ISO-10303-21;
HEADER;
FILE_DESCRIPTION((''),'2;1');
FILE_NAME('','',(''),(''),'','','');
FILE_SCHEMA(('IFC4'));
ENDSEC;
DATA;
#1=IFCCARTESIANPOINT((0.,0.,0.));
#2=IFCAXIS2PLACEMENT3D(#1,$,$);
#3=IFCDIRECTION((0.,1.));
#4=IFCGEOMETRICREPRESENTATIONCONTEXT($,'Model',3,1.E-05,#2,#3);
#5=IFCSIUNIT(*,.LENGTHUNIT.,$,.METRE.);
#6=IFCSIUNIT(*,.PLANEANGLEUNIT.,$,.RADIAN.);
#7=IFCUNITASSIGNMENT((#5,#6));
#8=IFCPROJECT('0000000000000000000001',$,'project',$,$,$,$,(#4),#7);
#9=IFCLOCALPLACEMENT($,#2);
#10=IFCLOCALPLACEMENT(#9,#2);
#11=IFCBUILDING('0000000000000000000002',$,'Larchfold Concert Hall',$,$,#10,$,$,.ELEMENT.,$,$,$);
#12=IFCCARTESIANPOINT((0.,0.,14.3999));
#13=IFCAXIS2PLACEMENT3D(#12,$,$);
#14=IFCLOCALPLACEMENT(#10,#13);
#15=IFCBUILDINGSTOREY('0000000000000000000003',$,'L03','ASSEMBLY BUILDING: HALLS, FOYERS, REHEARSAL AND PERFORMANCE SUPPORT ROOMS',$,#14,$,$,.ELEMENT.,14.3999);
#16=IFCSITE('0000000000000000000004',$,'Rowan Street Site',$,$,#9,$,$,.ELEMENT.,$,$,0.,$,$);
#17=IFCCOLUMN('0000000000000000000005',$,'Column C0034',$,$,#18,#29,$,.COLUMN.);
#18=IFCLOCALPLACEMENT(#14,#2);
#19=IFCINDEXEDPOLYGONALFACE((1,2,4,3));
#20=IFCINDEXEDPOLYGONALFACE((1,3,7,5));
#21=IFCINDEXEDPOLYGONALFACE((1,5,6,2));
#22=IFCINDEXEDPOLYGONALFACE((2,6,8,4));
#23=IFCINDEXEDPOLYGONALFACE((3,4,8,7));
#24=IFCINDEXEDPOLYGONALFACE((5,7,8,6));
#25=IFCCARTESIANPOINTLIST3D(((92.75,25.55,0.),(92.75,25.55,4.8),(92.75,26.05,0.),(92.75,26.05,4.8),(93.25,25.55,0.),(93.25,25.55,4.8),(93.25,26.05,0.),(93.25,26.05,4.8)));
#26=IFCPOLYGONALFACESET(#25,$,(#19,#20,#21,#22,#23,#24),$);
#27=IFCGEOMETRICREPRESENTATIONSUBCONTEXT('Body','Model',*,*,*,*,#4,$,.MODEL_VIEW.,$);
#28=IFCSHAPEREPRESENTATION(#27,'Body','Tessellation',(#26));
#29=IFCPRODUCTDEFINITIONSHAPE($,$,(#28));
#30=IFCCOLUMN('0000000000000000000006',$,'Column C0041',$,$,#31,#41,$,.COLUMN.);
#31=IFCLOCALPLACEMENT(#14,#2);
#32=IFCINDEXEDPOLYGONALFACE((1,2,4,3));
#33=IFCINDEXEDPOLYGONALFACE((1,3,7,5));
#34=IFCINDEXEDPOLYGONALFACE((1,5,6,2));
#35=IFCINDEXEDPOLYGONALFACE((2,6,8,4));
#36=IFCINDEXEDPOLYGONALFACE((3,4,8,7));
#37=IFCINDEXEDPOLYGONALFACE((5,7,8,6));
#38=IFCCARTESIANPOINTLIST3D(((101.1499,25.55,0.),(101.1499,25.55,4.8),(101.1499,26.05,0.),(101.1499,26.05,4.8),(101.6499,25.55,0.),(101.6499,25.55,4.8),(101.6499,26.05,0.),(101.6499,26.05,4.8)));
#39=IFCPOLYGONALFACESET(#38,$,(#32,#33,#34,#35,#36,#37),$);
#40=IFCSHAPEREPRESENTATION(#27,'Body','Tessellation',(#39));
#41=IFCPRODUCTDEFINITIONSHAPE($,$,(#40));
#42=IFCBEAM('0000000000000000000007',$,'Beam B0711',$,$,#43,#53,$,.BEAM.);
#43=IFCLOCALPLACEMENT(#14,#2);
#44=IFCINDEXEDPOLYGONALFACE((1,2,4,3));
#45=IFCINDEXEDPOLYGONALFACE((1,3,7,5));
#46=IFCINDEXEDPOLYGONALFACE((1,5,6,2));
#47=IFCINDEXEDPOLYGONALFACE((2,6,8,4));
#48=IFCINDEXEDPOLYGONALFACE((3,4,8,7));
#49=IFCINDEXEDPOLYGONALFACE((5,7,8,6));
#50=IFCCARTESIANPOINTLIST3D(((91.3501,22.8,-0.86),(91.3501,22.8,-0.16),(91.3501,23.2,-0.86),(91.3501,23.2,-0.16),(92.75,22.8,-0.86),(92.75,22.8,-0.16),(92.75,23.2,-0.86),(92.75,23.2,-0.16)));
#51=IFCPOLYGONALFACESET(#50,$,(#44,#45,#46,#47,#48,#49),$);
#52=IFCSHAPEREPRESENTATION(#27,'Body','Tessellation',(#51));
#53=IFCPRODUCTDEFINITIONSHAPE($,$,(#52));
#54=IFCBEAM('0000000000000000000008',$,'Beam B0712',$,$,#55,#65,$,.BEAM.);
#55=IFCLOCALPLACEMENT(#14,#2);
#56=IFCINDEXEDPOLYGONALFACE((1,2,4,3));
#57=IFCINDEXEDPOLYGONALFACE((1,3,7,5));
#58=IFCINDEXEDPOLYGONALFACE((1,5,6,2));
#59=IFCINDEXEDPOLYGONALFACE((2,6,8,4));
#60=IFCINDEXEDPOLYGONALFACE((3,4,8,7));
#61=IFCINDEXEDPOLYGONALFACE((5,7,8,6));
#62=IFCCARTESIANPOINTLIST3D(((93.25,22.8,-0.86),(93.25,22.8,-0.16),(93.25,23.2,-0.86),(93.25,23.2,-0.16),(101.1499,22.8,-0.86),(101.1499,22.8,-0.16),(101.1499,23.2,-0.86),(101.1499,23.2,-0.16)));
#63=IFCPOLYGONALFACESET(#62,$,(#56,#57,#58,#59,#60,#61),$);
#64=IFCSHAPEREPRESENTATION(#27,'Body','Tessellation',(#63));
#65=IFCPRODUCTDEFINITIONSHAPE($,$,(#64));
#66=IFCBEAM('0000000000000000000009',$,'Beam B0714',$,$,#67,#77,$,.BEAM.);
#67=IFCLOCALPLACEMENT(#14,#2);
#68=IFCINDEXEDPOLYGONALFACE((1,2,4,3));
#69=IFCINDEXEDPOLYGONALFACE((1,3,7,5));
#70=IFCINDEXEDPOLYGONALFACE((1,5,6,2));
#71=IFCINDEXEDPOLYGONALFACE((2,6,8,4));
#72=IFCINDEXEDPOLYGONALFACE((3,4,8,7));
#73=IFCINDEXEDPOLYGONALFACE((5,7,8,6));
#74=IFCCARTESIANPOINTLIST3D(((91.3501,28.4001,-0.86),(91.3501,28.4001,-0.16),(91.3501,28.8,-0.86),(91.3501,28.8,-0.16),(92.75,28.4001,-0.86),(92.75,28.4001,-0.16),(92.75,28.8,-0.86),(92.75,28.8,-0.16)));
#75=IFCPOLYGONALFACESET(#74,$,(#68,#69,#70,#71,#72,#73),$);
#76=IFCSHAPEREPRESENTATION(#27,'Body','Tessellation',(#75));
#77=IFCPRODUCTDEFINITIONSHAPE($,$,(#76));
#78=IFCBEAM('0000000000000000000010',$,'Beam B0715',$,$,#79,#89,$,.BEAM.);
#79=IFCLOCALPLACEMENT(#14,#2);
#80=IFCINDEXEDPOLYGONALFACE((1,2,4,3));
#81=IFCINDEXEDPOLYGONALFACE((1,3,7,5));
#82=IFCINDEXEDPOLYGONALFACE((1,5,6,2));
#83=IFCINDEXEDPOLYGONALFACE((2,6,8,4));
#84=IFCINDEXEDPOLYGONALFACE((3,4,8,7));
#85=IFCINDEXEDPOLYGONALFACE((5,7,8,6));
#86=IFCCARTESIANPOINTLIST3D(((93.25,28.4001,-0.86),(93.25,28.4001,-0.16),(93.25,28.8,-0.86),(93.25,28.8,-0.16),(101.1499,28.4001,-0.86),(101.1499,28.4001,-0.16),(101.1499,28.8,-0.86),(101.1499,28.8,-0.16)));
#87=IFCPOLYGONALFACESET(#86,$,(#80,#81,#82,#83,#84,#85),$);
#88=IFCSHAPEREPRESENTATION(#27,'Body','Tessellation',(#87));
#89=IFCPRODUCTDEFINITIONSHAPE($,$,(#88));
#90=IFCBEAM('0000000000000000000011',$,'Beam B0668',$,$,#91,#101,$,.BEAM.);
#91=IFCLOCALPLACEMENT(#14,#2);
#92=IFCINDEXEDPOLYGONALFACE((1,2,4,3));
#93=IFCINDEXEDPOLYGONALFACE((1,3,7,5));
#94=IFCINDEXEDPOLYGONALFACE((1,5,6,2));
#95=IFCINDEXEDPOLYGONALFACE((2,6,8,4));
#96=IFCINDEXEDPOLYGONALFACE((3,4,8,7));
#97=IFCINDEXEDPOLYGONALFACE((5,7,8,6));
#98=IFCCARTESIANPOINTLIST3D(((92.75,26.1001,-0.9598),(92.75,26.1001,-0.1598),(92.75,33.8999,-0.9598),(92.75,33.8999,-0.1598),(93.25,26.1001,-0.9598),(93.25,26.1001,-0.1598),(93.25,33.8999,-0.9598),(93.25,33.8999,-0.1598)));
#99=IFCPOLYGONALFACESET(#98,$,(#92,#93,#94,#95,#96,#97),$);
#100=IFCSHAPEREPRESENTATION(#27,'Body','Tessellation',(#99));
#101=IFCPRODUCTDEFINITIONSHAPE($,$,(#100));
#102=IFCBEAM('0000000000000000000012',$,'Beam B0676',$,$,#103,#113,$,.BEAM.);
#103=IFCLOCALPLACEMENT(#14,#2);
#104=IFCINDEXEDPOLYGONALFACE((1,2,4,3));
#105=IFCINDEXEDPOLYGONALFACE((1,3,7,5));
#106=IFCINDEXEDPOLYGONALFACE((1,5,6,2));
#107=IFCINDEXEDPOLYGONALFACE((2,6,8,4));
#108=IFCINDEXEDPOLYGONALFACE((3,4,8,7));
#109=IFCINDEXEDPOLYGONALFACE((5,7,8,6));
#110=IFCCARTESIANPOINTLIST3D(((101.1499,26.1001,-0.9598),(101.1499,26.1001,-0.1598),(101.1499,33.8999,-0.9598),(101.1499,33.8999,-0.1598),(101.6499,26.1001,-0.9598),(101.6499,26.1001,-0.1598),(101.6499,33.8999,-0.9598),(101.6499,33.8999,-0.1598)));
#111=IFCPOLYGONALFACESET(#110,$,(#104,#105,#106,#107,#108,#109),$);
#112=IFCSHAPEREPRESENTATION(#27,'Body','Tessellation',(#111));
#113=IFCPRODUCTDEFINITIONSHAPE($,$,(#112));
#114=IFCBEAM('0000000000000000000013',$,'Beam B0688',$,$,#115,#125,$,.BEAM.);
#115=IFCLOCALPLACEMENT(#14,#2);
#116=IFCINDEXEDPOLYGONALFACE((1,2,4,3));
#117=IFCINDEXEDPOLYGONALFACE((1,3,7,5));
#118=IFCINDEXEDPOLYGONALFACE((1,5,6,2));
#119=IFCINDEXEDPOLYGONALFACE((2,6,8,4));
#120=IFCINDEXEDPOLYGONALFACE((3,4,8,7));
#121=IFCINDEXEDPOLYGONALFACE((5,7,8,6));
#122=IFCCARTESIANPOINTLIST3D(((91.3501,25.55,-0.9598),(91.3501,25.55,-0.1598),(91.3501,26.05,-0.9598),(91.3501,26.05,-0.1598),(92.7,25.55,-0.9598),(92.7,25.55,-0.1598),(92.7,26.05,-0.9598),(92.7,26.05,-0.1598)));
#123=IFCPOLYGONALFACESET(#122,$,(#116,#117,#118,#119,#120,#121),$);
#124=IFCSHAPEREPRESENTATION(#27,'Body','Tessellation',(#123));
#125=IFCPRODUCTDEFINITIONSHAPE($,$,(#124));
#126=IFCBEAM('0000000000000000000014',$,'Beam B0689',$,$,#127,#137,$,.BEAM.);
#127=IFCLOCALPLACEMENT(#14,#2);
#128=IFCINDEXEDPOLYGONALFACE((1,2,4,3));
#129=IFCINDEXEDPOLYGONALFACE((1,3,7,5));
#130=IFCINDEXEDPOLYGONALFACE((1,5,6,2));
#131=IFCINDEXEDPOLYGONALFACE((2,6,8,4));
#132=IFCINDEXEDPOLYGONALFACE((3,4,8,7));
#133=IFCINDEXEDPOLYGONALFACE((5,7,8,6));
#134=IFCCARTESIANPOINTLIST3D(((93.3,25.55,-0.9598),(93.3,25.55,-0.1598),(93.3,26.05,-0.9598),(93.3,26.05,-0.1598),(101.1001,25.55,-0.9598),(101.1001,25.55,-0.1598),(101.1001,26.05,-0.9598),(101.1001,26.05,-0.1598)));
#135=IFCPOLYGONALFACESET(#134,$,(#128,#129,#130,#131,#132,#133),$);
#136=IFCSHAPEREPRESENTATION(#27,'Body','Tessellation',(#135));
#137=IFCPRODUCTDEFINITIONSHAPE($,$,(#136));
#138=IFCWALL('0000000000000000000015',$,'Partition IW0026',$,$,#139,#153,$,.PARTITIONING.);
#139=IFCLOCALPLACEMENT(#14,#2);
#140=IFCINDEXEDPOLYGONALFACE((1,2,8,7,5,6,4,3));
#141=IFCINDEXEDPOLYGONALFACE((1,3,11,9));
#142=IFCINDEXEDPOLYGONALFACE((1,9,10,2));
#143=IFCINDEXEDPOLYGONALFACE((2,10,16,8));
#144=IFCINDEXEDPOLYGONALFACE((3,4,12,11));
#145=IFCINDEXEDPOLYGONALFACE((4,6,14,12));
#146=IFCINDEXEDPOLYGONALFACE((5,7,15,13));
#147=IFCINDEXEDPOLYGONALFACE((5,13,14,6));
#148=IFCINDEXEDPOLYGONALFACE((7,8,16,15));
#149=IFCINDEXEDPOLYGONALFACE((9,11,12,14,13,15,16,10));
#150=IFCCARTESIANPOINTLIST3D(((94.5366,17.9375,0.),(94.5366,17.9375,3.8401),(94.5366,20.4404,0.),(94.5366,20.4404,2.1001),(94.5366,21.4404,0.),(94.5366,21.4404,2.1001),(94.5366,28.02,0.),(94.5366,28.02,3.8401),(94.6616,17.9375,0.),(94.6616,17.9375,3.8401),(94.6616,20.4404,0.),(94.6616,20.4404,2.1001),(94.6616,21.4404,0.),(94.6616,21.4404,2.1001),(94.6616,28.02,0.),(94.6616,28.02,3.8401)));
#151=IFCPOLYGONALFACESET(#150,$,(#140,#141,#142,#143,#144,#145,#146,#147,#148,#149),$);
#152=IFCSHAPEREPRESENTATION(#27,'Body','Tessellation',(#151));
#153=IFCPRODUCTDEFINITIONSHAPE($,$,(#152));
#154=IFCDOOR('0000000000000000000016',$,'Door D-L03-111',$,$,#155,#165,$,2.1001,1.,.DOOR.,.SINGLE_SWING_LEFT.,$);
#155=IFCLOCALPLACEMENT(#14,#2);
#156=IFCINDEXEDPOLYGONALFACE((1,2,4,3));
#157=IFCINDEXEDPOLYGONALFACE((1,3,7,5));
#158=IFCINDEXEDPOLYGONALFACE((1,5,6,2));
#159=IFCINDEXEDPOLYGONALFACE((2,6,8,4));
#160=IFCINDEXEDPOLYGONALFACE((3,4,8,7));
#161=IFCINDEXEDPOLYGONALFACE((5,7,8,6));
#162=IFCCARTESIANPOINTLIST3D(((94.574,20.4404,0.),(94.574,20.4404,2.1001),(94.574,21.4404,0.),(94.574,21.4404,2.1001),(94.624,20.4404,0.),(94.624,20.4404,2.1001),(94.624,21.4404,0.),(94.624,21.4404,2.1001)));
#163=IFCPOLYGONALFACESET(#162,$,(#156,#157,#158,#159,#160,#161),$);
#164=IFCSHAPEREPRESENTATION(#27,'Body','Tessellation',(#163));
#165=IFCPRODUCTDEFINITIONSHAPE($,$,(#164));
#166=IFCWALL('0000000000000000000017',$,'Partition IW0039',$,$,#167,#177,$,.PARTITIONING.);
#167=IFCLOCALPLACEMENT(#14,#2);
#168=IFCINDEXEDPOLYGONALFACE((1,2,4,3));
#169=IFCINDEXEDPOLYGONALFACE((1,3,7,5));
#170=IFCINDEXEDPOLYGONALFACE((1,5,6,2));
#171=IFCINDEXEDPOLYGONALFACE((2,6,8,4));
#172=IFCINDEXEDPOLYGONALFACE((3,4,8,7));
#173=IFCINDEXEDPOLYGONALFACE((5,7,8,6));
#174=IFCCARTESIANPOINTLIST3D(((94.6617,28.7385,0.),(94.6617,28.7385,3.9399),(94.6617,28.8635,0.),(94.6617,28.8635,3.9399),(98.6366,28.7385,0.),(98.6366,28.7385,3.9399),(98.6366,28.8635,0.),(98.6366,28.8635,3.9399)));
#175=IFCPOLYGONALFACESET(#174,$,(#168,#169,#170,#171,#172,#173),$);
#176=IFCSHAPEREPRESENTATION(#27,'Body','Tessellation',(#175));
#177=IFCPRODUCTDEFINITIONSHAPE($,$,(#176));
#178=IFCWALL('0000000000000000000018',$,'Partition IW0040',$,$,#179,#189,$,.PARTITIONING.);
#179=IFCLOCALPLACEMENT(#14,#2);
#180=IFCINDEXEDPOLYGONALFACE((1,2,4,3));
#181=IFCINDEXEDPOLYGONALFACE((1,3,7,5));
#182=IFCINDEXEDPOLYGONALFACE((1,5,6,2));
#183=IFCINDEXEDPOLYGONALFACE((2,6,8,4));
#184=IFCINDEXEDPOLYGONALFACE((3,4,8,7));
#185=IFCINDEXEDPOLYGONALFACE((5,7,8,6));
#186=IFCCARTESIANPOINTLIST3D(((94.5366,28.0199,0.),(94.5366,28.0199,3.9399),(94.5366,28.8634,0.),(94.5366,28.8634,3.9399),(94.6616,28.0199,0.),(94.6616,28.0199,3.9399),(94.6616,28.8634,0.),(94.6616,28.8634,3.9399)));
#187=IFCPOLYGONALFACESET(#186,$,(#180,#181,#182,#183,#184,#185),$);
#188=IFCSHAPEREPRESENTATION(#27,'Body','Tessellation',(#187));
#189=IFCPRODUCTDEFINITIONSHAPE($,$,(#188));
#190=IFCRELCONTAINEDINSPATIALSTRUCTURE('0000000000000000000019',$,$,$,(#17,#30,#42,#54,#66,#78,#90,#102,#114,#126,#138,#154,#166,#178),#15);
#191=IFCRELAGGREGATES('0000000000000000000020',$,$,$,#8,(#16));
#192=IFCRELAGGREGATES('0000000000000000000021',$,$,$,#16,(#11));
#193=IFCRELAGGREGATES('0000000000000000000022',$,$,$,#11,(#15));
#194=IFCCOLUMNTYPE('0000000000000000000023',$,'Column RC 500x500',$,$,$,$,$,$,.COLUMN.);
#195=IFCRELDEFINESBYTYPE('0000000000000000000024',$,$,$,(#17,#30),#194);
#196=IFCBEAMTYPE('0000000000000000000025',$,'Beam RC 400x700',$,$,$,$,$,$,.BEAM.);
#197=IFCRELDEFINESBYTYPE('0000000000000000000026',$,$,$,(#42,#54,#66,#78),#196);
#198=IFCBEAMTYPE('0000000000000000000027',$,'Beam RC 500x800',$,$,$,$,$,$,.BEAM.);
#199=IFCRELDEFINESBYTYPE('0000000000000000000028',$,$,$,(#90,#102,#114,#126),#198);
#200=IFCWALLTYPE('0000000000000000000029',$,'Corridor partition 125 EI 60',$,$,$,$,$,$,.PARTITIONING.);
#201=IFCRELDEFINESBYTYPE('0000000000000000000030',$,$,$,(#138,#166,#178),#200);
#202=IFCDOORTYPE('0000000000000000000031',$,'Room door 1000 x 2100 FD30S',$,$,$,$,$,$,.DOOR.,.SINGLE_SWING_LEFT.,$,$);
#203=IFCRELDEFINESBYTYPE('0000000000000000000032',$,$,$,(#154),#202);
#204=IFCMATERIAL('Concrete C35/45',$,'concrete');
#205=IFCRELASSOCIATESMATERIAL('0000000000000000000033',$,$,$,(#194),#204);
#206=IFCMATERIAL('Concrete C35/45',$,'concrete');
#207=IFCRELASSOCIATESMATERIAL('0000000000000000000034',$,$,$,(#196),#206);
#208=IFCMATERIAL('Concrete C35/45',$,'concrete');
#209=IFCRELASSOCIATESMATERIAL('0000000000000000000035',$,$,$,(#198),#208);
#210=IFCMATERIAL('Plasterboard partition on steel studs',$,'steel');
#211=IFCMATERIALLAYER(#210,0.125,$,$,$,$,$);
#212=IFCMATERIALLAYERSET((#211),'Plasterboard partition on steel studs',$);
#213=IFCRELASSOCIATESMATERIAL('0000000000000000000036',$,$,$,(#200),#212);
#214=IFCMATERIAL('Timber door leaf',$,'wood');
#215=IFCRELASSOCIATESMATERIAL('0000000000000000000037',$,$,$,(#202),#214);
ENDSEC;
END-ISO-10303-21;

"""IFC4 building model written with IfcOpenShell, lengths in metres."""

from ifc_helpers import new_model, si_unit, direction, frame, frame_2d, origin, origin_2d, place, context, subcontext, project, spatial, rectangle, extrude, material, layer, layer_set, material_profile, profile_set, type_object, element, fill, save


model = new_model("IFC4")

# Units and contexts
model_context = context("Model", 3, precision=1e-05, world=origin(), true_north=direction((0.0, 1.0)))
body_context = subcontext(model_context, "Body", "Model", "MODEL_VIEW")
ifc_project = project(units=[si_unit("LENGTHUNIT", "METRE"), si_unit("PLANEANGLEUNIT", "RADIAN")], contexts=[model_context])

# Site, building, storey
site_placement = place(None, origin())
site = spatial("IfcSite", under=ifc_project, at=site_placement, Name="Rowan Street Site", CompositionType="ELEMENT", RefElevation=0.0)
building_placement = place(site_placement, origin())
building = spatial("IfcBuilding", under=site, at=building_placement, Name="Larchfold Concert Hall", CompositionType="ELEMENT")
storey_placement = place(building_placement, frame((0.0, 0.0, 14.3999)))
storey = spatial("IfcBuildingStorey", under=building, at=storey_placement, Name="L03", Description="ASSEMBLY BUILDING: HALLS, FOYERS, REHEARSAL AND PERFORMANCE SUPPORT ROOMS", CompositionType="ELEMENT", Elevation=14.3999)

# Columns
ifc_material_1 = material(Name="Concrete C35/45", Category="concrete")
ifc_material_profile_1 = material_profile(ifc_material_1, rectangle(XDim=0.5, YDim=0.5, at=origin_2d()))
ifc_profile_set_1 = profile_set([ifc_material_profile_1], Name="Concrete C35/45")
column_type = type_object("IfcColumnType", Name="Column RC 500x500", PredefinedType="COLUMN", material=ifc_profile_set_1)
for number, where, z_axis, x_axis, name in (
    (1, (93.0, 25.8, 0.0), (0.0, 0.0, 1.0), (1.0, 0.0, 0.0), "Column C0034"),
    (2, (101.3999, 25.8, 0.0), (0.0, 0.0, 1.0), (1.0, 0.0, 0.0), "Column C0041"),
):
    element("IfcColumn", number, at=place(storey_placement, frame(where, z_axis=z_axis, x_axis=x_axis)), inside=storey, type_object=column_type, Name=name, PredefinedType="COLUMN", context=body_context, shape_type="SweptSolid", body=[
        extrude(rectangle(XDim=0.5, YDim=0.5, at=origin_2d()), origin(), (0.0, 0.0, 1.0), 4.8),
    ])

# Beams
ifc_material_2 = material(Name="Concrete C35/45", Category="concrete")
ifc_material_profile_2 = material_profile(ifc_material_2, rectangle(XDim=0.3999, YDim=0.7, at=origin_2d()))
ifc_profile_set_2 = profile_set([ifc_material_profile_2], Name="Concrete C35/45")
beam_type_1 = type_object("IfcBeamType", Name="Beam RC 400x700", PredefinedType="BEAM", material=ifc_profile_set_2)
beam_1_placement = place(storey_placement, frame((91.3501, 23.0, -0.51), z_axis=(1.0, 0.0, 0.0), x_axis=(0.0, 1.0, 0.0)))
element("IfcBeam", 3, at=beam_1_placement, inside=storey, type_object=beam_type_1, Name="Beam B0711", PredefinedType="BEAM", context=body_context, shape_type="SweptSolid", body=[
    extrude(rectangle(XDim=0.3999, YDim=0.7, at=origin_2d()), origin(), (0.0, 0.0, 1.0), 1.3999),
])
beam_2_placement = place(storey_placement, frame((93.25, 23.0, -0.51), z_axis=(1.0, 0.0, 0.0), x_axis=(0.0, 1.0, 0.0)))
element("IfcBeam", 4, at=beam_2_placement, inside=storey, type_object=beam_type_1, Name="Beam B0712", PredefinedType="BEAM", context=body_context, shape_type="SweptSolid", body=[
    extrude(rectangle(XDim=0.3999, YDim=0.7, at=origin_2d()), origin(), (0.0, 0.0, 1.0), 7.8999),
])
beam_3_placement = place(storey_placement, frame((91.3501, 28.6001, -0.51), z_axis=(1.0, 0.0, 0.0), x_axis=(0.0, 1.0, 0.0)))
element("IfcBeam", 5, at=beam_3_placement, inside=storey, type_object=beam_type_1, Name="Beam B0714", PredefinedType="BEAM", context=body_context, shape_type="SweptSolid", body=[
    extrude(rectangle(XDim=0.3999, YDim=0.7, at=origin_2d()), origin(), (0.0, 0.0, 1.0), 1.3999),
])
beam_4_placement = place(storey_placement, frame((93.25, 28.6001, -0.51), z_axis=(1.0, 0.0, 0.0), x_axis=(0.0, 1.0, 0.0)))
element("IfcBeam", 6, at=beam_4_placement, inside=storey, type_object=beam_type_1, Name="Beam B0715", PredefinedType="BEAM", context=body_context, shape_type="SweptSolid", body=[
    extrude(rectangle(XDim=0.3999, YDim=0.7, at=origin_2d()), origin(), (0.0, 0.0, 1.0), 7.8999),
])
ifc_material_3 = material(Name="Concrete C35/45", Category="concrete")
ifc_material_profile_3 = material_profile(ifc_material_3, rectangle(XDim=0.5, YDim=0.8, at=origin_2d()))
ifc_profile_set_3 = profile_set([ifc_material_profile_3], Name="Concrete C35/45")
beam_type_2 = type_object("IfcBeamType", Name="Beam RC 500x800", PredefinedType="BEAM", material=ifc_profile_set_3)
for number, where, z_axis, x_axis, name in (
    (7, (93.0, 26.1001, -0.5598), (0.0, 1.0, 0.0), (-1.0, 0.0, 0.0), "Beam B0668"),
    (8, (101.3999, 26.1001, -0.5598), (0.0, 1.0, 0.0), (-1.0, 0.0, 0.0), "Beam B0676"),
):
    element("IfcBeam", number, at=place(storey_placement, frame(where, z_axis=z_axis, x_axis=x_axis)), inside=storey, type_object=beam_type_2, Name=name, PredefinedType="BEAM", context=body_context, shape_type="SweptSolid", body=[
        extrude(rectangle(XDim=0.5, YDim=0.8, at=origin_2d()), origin(), (0.0, 0.0, 1.0), 7.7998),
    ])
beam_5_placement = place(storey_placement, frame((91.3501, 25.8, -0.5598), z_axis=(1.0, 0.0, 0.0), x_axis=(0.0, 1.0, 0.0)))
element("IfcBeam", 9, at=beam_5_placement, inside=storey, type_object=beam_type_2, Name="Beam B0688", PredefinedType="BEAM", context=body_context, shape_type="SweptSolid", body=[
    extrude(rectangle(XDim=0.5, YDim=0.8, at=origin_2d()), origin(), (0.0, 0.0, 1.0), 1.3499),
])
beam_6_placement = place(storey_placement, frame((93.3, 25.8, -0.5598), z_axis=(1.0, 0.0, 0.0), x_axis=(0.0, 1.0, 0.0)))
element("IfcBeam", 10, at=beam_6_placement, inside=storey, type_object=beam_type_2, Name="Beam B0689", PredefinedType="BEAM", context=body_context, shape_type="SweptSolid", body=[
    extrude(rectangle(XDim=0.5, YDim=0.8, at=origin_2d()), origin(), (0.0, 0.0, 1.0), 7.8),
])

# Wall, opening, door
ifc_material_4 = material(Name="Plasterboard partition on steel studs", Category="steel")
ifc_layer_1 = layer(ifc_material_4, 0.125)
ifc_layer_set_1 = layer_set([ifc_layer_1], Name="Plasterboard partition on steel studs")
wall_type_1 = type_object("IfcWallType", Name="Corridor partition 125 EI 60", PredefinedType="PARTITIONING", material=ifc_layer_set_1)
wall_1_placement = place(storey_placement, frame((94.5991, 28.02, 0.0), z_axis=(0.0, 0.0, 1.0), x_axis=(0.0, -1.0, 0.0)))
wall_1 = element("IfcWall", 11, at=wall_1_placement, inside=storey, type_object=wall_type_1, Name="Partition IW0026", PredefinedType="PARTITIONING", context=body_context, shape_type="SweptSolid", body=[
    extrude(rectangle(XDim=10.0825, YDim=0.125, at=frame_2d((5.0413, 0.0))), origin(), (0.0, 0.0, 1.0), 3.8401),
])
opening_1_placement = place(wall_1_placement, frame((6.5796, 0.0, 0.0)))
opening_1 = element("IfcOpeningElement", 12, at=opening_1_placement, cuts=wall_1, PredefinedType="OPENING", context=body_context, shape_type="SweptSolid", body=[
    extrude(rectangle(XDim=1.0, YDim=2.1001, at=frame_2d((0.5, 1.05))), frame((0.0, 0.0725, 0.0), z_axis=(0.0, -1.0, 0.0), x_axis=(1.0, 0.0, 0.0)), (0.0, 0.0, 1.0), 0.145),
])
ifc_material_5 = material(Name="Timber door leaf", Category="wood")
door_type_1 = type_object("IfcDoorType", Name="Room door 1000 x 2100 FD30S", OperationType="SINGLE_SWING_LEFT", PredefinedType="DOOR", material=ifc_material_5)
door_1_placement = place(opening_1_placement, origin())
door_1 = element("IfcDoor", 13, at=door_1_placement, inside=storey, type_object=door_type_1, Name="Door D-L03-111", OperationType="SINGLE_SWING_LEFT", OverallHeight=2.1001, OverallWidth=1.0, PredefinedType="DOOR", context=body_context, shape_type="SweptSolid", body=[
    extrude(rectangle(XDim=1.0, YDim=2.1001, at=frame_2d((0.5, 1.05))), frame((0.0, 0.0249, 0.0), z_axis=(0.0, -1.0, 0.0), x_axis=(1.0, 0.0, 0.0)), (0.0, 0.0, 1.0), 0.05),
])
fill(opening_1, door_1)

# Walls
wall_2_placement = place(storey_placement, frame((98.6365, 28.801, 0.0), z_axis=(0.0, 0.0, 1.0), x_axis=(-1.0, 0.0, 0.0)))
element("IfcWall", 14, at=wall_2_placement, inside=storey, type_object=wall_type_1, Name="Partition IW0039", PredefinedType="PARTITIONING", context=body_context, shape_type="SweptSolid", body=[
    extrude(rectangle(XDim=3.9749, YDim=0.125, at=frame_2d((1.9873, 0.0))), origin(), (0.0, 0.0, 1.0), 3.9399),
])
wall_3_placement = place(storey_placement, frame((94.5991, 28.8635, 0.0), z_axis=(0.0, 0.0, 1.0), x_axis=(0.0, -1.0, 0.0)))
element("IfcWall", 15, at=wall_3_placement, inside=storey, type_object=wall_type_1, Name="Partition IW0040", PredefinedType="PARTITIONING", context=body_context, shape_type="SweptSolid", body=[
    extrude(rectangle(XDim=0.8435, YDim=0.125, at=frame_2d((0.4219, 0.0))), origin(), (0.0, 0.0, 1.0), 3.9399),
])

save(model, "model.ifc")
